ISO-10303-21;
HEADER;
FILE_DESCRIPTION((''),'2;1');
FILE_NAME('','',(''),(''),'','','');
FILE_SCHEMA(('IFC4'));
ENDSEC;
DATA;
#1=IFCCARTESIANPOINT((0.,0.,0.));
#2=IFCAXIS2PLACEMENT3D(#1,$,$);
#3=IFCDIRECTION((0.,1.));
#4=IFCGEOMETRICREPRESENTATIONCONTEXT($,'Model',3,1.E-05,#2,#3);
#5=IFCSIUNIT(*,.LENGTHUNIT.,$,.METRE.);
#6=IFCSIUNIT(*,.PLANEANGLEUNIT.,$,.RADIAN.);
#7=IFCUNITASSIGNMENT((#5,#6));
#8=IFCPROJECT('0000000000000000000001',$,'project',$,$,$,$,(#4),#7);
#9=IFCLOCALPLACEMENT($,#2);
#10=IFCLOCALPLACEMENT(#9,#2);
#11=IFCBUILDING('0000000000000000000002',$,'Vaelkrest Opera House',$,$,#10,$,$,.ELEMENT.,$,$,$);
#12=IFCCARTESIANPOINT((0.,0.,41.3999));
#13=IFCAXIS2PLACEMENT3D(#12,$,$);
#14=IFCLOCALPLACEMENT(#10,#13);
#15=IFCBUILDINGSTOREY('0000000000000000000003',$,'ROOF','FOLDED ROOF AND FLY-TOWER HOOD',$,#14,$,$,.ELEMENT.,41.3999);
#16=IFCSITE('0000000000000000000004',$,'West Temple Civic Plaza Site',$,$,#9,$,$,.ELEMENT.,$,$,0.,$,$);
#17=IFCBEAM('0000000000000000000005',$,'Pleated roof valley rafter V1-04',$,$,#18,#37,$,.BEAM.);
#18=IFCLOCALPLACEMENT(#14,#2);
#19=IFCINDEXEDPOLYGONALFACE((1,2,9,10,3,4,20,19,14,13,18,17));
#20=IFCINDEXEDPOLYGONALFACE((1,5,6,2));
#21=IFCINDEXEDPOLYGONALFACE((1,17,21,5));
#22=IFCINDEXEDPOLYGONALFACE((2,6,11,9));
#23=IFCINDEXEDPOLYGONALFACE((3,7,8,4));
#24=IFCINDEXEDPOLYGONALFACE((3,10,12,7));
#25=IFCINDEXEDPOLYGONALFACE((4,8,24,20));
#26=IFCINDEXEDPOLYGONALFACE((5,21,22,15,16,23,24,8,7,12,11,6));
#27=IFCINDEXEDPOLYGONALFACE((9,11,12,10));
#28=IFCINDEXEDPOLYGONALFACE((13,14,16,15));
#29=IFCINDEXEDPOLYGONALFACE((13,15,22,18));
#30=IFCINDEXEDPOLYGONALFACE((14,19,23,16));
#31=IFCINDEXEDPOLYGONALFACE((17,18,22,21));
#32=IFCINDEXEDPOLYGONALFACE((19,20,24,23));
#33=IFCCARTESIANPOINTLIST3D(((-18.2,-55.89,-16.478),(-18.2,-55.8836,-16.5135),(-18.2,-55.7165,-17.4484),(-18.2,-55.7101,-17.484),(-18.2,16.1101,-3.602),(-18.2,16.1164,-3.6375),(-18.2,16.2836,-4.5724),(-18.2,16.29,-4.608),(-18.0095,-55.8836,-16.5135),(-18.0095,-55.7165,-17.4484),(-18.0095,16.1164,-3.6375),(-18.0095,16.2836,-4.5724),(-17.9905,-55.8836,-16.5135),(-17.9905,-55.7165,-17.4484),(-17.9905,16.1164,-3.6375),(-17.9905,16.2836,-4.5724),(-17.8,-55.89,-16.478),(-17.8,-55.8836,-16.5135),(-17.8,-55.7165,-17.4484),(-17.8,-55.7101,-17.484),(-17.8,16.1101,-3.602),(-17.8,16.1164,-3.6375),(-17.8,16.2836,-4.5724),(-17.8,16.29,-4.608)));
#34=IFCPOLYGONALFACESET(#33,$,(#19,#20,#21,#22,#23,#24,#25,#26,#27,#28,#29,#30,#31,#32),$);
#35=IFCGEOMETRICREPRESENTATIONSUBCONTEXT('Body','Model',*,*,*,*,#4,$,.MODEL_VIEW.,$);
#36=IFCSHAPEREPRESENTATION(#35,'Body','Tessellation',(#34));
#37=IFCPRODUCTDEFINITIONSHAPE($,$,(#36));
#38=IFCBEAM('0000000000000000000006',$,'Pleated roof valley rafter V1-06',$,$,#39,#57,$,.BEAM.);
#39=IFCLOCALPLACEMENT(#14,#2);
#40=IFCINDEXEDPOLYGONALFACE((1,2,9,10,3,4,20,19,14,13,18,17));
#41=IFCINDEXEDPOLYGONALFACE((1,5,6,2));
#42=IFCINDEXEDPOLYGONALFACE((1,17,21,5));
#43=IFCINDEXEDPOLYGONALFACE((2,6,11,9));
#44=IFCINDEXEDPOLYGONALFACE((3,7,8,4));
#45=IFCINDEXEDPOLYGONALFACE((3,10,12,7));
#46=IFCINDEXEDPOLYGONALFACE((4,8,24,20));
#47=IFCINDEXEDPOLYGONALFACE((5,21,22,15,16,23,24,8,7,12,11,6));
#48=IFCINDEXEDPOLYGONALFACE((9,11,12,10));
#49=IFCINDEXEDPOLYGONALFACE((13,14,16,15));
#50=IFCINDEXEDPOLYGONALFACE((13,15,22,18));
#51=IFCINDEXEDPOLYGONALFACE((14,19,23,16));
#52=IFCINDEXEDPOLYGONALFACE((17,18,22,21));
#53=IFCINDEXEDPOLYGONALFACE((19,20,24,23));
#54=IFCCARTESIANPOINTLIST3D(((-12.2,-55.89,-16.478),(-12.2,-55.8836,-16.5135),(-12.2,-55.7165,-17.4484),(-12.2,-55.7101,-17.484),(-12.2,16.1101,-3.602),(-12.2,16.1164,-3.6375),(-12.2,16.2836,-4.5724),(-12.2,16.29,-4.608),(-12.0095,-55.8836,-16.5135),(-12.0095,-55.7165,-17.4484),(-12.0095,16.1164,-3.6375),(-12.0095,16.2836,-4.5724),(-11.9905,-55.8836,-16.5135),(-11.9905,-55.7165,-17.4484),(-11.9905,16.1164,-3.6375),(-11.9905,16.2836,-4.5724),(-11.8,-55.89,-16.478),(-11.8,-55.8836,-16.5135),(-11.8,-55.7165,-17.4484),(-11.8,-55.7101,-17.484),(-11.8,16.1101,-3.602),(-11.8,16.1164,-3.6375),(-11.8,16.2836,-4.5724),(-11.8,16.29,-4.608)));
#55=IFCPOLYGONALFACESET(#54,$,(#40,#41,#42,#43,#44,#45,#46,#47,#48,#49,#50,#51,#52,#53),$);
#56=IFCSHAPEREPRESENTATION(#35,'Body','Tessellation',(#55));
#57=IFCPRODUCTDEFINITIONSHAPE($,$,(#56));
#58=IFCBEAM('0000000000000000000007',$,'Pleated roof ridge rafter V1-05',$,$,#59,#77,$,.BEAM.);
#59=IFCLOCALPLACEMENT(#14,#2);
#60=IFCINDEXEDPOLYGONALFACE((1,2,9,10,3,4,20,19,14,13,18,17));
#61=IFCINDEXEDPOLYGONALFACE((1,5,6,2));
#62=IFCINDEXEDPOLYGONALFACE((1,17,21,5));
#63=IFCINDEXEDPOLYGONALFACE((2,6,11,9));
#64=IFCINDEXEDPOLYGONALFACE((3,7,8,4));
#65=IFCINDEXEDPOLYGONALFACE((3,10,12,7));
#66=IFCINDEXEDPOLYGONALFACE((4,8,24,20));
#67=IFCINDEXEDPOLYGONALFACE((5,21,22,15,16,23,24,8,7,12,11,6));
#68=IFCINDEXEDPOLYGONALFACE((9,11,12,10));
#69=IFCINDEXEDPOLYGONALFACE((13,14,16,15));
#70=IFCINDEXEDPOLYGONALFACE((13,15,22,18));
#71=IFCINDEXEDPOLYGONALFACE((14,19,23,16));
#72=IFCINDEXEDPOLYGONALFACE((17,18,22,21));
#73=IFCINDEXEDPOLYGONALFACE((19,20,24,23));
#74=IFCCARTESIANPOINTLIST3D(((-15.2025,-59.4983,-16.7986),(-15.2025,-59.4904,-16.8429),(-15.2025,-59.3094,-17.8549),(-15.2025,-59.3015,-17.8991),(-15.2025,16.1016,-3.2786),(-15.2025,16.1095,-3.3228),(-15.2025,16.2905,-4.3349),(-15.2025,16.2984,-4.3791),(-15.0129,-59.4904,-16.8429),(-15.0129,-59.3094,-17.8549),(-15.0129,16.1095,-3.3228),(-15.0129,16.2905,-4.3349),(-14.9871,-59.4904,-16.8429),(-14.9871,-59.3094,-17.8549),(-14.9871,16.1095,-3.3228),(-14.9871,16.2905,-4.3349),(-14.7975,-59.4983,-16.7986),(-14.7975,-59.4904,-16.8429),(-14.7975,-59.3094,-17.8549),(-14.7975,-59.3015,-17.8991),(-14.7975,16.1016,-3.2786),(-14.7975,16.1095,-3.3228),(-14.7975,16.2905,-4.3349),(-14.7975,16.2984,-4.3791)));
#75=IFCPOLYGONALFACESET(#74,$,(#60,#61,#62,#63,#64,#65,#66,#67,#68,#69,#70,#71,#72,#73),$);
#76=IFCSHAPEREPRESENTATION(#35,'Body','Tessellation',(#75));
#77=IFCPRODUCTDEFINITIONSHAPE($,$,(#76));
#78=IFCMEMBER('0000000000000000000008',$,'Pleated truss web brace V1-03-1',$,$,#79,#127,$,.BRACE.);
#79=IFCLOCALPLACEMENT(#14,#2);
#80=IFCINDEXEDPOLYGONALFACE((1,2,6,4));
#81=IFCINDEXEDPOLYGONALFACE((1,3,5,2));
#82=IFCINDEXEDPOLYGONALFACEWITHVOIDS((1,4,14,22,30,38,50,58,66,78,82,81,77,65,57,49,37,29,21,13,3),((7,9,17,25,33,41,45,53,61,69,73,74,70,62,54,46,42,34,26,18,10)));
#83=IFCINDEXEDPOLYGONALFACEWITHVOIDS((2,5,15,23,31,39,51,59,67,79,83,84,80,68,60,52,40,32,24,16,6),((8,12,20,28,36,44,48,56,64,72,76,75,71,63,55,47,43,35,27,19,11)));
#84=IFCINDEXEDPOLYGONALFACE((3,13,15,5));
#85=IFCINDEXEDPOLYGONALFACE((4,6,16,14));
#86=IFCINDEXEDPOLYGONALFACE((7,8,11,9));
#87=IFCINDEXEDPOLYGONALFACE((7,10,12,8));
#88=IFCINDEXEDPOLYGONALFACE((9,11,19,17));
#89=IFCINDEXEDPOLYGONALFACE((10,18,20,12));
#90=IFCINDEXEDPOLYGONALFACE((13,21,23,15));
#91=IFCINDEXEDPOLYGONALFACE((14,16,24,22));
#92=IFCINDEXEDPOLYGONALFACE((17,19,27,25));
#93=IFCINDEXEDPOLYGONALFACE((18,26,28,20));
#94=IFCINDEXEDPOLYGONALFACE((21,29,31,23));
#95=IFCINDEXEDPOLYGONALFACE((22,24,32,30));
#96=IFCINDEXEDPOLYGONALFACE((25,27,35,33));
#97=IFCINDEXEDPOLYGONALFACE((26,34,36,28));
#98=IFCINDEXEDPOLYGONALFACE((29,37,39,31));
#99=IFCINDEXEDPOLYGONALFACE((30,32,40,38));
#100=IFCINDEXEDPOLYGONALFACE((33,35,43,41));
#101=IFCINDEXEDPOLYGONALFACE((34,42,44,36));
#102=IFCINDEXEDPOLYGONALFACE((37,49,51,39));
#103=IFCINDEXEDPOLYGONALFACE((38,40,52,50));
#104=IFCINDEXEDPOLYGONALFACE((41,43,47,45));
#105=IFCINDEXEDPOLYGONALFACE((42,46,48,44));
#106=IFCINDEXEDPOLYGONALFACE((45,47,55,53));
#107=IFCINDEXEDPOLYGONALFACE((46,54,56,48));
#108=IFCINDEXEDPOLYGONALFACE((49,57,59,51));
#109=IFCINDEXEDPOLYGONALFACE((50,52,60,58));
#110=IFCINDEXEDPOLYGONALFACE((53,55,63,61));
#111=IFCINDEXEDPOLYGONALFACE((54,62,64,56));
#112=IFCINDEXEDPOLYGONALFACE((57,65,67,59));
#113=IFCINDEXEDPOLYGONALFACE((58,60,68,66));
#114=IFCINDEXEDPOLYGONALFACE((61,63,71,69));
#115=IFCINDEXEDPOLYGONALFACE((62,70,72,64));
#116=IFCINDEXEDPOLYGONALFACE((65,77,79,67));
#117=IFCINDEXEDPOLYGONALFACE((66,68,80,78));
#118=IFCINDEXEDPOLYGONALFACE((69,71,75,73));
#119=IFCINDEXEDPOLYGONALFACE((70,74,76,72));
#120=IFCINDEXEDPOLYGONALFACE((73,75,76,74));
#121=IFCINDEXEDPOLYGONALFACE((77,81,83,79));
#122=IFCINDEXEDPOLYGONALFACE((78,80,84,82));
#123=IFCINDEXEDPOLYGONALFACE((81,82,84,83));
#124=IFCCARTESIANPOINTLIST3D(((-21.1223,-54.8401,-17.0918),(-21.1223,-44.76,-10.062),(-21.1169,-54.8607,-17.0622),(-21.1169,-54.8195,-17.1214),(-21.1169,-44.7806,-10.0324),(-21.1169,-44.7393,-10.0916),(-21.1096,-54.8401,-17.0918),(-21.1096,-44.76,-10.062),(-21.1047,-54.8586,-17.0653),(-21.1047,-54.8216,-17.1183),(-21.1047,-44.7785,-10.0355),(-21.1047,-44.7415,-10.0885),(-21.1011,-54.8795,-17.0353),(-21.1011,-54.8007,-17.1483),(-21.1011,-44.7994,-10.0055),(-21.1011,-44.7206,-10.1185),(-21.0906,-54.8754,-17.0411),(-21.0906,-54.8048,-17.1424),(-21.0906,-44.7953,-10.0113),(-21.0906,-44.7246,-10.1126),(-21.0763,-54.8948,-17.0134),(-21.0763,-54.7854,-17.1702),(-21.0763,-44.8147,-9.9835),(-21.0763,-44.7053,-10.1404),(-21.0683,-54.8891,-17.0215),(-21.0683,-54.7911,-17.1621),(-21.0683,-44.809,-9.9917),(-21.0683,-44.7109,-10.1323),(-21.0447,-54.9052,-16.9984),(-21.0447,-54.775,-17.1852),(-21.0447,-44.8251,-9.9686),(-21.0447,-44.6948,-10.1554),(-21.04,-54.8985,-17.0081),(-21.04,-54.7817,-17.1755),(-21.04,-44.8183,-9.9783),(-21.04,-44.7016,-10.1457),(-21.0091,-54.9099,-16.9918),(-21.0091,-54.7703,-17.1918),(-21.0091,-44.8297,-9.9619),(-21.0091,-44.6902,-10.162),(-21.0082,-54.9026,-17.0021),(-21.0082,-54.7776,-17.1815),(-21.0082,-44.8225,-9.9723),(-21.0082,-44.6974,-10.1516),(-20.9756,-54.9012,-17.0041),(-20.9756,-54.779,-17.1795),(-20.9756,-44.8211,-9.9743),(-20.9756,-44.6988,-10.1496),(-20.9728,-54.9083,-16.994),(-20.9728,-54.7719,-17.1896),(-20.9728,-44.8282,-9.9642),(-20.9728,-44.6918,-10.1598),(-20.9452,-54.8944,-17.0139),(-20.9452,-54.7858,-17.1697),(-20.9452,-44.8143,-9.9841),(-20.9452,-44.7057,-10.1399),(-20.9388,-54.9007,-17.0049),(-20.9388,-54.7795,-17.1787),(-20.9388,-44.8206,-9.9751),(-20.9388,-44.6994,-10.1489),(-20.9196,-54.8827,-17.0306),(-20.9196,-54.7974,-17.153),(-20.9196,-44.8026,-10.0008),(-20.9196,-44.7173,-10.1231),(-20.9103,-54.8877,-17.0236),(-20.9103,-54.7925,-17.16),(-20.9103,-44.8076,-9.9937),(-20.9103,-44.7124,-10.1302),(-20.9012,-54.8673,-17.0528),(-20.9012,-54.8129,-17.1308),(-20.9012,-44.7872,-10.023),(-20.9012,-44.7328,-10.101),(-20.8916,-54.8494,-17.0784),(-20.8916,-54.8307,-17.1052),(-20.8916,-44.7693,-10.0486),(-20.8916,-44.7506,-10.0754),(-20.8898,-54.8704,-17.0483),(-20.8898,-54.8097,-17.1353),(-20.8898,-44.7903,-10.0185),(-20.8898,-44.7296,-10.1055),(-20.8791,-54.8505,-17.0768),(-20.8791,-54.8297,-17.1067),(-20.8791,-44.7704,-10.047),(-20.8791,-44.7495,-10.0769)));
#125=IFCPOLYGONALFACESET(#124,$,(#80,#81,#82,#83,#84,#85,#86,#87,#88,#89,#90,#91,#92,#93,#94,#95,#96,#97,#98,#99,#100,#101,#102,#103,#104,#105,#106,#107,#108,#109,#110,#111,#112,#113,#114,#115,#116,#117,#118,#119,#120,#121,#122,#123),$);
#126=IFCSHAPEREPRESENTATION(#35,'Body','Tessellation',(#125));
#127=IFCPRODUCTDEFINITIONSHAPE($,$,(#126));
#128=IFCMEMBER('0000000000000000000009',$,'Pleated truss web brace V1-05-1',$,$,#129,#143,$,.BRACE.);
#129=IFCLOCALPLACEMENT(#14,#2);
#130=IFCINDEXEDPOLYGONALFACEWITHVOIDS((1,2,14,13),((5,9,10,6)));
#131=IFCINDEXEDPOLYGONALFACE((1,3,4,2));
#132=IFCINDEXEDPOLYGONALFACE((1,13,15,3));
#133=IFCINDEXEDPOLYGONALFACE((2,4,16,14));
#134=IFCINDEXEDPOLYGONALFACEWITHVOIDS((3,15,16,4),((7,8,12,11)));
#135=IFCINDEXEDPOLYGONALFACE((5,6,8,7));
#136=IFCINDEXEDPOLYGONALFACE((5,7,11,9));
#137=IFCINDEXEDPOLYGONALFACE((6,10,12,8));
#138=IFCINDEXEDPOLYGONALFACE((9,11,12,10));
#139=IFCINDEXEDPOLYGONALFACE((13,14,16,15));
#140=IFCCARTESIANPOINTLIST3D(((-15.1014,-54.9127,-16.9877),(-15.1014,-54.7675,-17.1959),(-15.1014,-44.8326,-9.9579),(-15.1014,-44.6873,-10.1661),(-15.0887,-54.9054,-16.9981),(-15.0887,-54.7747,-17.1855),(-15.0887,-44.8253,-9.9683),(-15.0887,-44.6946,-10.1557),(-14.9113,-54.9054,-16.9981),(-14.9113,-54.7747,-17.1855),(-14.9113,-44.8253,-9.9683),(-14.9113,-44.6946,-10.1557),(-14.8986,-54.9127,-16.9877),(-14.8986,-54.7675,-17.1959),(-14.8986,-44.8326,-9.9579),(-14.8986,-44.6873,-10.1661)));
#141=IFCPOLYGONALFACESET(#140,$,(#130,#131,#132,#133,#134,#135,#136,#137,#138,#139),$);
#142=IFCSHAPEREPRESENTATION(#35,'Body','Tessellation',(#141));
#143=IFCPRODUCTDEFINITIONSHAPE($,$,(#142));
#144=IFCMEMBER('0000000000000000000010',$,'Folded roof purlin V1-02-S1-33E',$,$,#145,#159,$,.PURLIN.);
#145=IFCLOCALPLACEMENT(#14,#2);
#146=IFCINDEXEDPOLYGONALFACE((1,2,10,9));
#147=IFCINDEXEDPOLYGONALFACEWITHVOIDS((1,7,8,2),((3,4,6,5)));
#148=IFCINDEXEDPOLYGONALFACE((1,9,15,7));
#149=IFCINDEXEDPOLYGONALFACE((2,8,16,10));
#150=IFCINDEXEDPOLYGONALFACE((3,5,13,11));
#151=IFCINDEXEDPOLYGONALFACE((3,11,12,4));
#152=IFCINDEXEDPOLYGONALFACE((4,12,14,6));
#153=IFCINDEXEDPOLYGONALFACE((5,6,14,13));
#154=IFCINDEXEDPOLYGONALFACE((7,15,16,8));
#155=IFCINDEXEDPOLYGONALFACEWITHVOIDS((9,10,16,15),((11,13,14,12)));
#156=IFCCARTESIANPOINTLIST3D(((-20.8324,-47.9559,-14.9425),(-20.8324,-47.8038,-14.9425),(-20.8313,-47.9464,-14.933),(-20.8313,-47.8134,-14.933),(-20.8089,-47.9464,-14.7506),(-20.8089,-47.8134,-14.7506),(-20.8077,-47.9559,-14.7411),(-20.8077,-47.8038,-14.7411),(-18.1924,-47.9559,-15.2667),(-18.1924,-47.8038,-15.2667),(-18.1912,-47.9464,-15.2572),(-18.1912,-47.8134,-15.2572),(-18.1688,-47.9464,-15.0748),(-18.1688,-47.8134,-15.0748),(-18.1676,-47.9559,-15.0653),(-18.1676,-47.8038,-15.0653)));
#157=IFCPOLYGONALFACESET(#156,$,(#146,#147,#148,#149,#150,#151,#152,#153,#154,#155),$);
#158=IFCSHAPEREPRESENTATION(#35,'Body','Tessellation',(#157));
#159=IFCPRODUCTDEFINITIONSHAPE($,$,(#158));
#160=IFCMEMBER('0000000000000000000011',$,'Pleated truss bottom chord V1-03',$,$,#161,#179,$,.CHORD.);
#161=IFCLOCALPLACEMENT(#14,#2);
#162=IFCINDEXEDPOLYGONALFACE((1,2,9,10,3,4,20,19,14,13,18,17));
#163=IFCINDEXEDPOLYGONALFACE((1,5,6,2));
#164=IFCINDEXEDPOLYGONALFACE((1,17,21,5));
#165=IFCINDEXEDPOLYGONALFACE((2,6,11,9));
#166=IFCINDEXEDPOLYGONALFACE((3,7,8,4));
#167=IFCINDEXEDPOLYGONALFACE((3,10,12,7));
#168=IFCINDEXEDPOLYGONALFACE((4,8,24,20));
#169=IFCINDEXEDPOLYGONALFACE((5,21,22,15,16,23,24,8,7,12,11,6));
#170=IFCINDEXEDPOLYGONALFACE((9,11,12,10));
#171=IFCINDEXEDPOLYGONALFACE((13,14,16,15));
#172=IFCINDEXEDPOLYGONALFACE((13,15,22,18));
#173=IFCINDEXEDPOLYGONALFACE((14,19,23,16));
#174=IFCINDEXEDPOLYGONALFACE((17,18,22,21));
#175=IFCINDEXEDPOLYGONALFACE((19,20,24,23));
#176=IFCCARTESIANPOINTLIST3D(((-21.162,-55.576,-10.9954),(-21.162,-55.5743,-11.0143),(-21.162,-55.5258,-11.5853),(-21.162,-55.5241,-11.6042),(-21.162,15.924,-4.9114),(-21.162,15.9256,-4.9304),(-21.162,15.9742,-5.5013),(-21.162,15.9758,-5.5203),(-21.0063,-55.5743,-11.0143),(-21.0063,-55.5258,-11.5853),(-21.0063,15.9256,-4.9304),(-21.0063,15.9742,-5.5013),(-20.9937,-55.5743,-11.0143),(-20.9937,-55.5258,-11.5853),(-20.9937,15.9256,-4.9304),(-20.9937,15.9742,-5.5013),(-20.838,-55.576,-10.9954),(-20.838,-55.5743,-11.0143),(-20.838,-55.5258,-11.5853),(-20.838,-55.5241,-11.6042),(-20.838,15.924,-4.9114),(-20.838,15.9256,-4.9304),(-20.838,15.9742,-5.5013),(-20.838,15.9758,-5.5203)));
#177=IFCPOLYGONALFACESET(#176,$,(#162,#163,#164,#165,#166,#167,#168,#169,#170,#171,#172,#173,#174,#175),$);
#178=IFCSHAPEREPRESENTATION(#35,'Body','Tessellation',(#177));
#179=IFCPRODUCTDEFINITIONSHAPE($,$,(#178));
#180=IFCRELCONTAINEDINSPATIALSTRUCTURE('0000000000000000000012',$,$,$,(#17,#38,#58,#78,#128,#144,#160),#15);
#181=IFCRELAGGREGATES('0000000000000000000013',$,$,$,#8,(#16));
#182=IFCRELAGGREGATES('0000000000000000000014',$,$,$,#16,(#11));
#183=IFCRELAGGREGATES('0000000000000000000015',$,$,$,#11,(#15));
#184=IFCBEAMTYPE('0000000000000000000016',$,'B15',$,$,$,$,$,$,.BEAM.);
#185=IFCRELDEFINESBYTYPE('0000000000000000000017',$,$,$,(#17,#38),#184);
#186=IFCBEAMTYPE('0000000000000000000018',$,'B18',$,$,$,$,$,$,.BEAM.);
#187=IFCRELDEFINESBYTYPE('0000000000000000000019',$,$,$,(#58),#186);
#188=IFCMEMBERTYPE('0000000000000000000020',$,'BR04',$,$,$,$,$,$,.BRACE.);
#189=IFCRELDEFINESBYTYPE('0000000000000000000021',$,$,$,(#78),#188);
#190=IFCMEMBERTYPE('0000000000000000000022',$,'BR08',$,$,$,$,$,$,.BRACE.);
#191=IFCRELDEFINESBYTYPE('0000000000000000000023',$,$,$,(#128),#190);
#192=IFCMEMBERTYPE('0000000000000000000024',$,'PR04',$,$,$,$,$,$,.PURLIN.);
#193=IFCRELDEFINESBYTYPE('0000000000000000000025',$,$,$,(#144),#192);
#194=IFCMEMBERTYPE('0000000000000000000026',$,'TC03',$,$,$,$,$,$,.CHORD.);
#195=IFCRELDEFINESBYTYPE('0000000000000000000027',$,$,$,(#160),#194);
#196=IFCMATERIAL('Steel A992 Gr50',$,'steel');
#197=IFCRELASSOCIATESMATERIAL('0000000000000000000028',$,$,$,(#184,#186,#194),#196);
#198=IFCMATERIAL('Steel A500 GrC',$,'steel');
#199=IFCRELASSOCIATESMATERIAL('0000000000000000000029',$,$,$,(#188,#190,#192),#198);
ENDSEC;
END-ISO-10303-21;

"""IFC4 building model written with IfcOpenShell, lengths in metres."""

from ifc_helpers import new_model, si_unit, direction, frame, origin, origin_2d, place, context, subcontext, project, spatial, hollow_rectangle, hollow_circle, i_section, extrude, material, material_profile, profile_set, type_object, element, save


model = new_model("IFC4")

# Units and contexts
model_context = context("Model", 3, precision=1e-05, world=origin(), true_north=direction((0.0, 1.0)))
body_context = subcontext(model_context, "Body", "Model", "MODEL_VIEW")
ifc_project = project(units=[si_unit("LENGTHUNIT", "METRE"), si_unit("PLANEANGLEUNIT", "RADIAN")], contexts=[model_context])

# Site, building, storey
site_placement = place(None, origin())
site = spatial("IfcSite", under=ifc_project, at=site_placement, Name="West Temple Civic Plaza Site", CompositionType="ELEMENT", RefElevation=0.0)
building_placement = place(site_placement, origin())
building = spatial("IfcBuilding", under=site, at=building_placement, Name="Vaelkrest Opera House", CompositionType="ELEMENT")
storey_placement = place(building_placement, frame((0.0, 0.0, 41.3999)))
storey = spatial("IfcBuildingStorey", under=building, at=storey_placement, Name="ROOF", Description="FOLDED ROOF AND FLY-TOWER HOOD", CompositionType="ELEMENT", Elevation=41.3999)

# Beams
ifc_material_1 = material(Name="Steel A992 Gr50", Category="steel")
ifc_material_profile_1 = material_profile(ifc_material_1, i_section(OverallWidth=0.3999, OverallDepth=1.022, WebThickness=0.019, FlangeThickness=0.0361, at=origin_2d()), Name="W40X249")
ifc_profile_set_1 = profile_set([ifc_material_profile_1], Name="Steel A992 Gr50")
beam_type_1 = type_object("IfcBeamType", Name="B15", PredefinedType="BEAM", material=ifc_profile_set_1)
for number, where, z_axis, x_axis, name in (
    (1, (-18.0, -55.8, -16.981), (0.0, 0.984383, 0.17604), (-1.0, 0.0, 0.0), "Pleated roof valley rafter V1-04"),
    (2, (-12.0, -55.8, -16.981), (0.0, 0.984383, 0.17604), (-1.0, 0.0, 0.0), "Pleated roof valley rafter V1-06"),
):
    element("IfcBeam", number, at=place(storey_placement, frame(where, z_axis=z_axis, x_axis=x_axis)), inside=storey, type_object=beam_type_1, Name=name, PredefinedType="BEAM", context=body_context, shape_type="SweptSolid", body=[
        extrude(i_section(OverallWidth=0.3999, OverallDepth=1.022, WebThickness=0.019, FlangeThickness=0.0361, at=origin_2d()), origin(), (0.0, 0.0, 1.0), 73.1423),
    ])
ifc_material_profile_2 = material_profile(ifc_material_1, i_section(OverallWidth=0.405, OverallDepth=1.1179, WebThickness=0.0259, FlangeThickness=0.0449, at=origin_2d()), Name="W44X335")
ifc_profile_set_2 = profile_set([ifc_material_profile_2], Name="Steel A992 Gr50")
beam_type_2 = type_object("IfcBeamType", Name="B18", PredefinedType="BEAM", material=ifc_profile_set_2)
beam_placement = place(storey_placement, frame((-15.0, -59.3999, -17.3489), z_axis=(0.0, 0.984382, 0.176044), x_axis=(-1.0, 0.0, 0.0)))
element("IfcBeam", 3, at=beam_placement, inside=storey, type_object=beam_type_2, Name="Pleated roof ridge rafter V1-05", PredefinedType="BEAM", context=body_context, shape_type="SweptSolid", body=[
    extrude(i_section(OverallWidth=0.405, OverallDepth=1.1179, WebThickness=0.0259, FlangeThickness=0.0449, at=origin_2d()), origin(), (0.0, 0.0, 1.0), 76.7993),
])

# Members
ifc_material_2 = material(Name="Steel A500 GrC", Category="steel")
ifc_material_profile_3 = material_profile(ifc_material_2, hollow_circle(Radius=0.1223, WallThickness=0.0127, at=origin_2d()), Name="HSS244.5X12.7")
ifc_profile_set_3 = profile_set([ifc_material_profile_3], Name="Steel A500 GrC")
member_type_1 = type_object("IfcMemberType", Name="BR04", PredefinedType="BRACE", material=ifc_profile_set_3)
member_1_placement = place(storey_placement, frame((-21.0, -54.8401, -17.0918), z_axis=(0.0, 0.820235, 0.572027), x_axis=(-1.0, 0.0, 0.0)))
element("IfcMember", 4, at=member_1_placement, inside=storey, type_object=member_type_1, Name="Pleated truss web brace V1-03-1", PredefinedType="BRACE", context=body_context, shape_type="SweptSolid", body=[
    extrude(hollow_circle(Radius=0.1223, WallThickness=0.0127, at=origin_2d()), origin(), (0.0, 0.0, 1.0), 12.2893),
])
ifc_material_profile_4 = material_profile(ifc_material_2, hollow_rectangle(XDim=0.2029, YDim=0.2539, WallThickness=0.0127, at=origin_2d()), Name="HSS254X203X12.7")
ifc_profile_set_4 = profile_set([ifc_material_profile_4], Name="Steel A500 GrC")
member_type_2 = type_object("IfcMemberType", Name="BR08", PredefinedType="BRACE", material=ifc_profile_set_4)
member_2_placement = place(storey_placement, frame((-15.0, -54.8401, -17.0918), z_axis=(0.0, 0.820235, 0.572027), x_axis=(-1.0, 0.0, 0.0)))
element("IfcMember", 5, at=member_2_placement, inside=storey, type_object=member_type_2, Name="Pleated truss web brace V1-05-1", PredefinedType="BRACE", context=body_context, shape_type="SweptSolid", body=[
    extrude(hollow_rectangle(XDim=0.2029, YDim=0.2539, WallThickness=0.0127, at=origin_2d()), origin(), (0.0, 0.0, 1.0), 12.2893),
])
ifc_material_profile_5 = material_profile(ifc_material_2, hollow_rectangle(XDim=0.1521, YDim=0.2029, WallThickness=0.0095, at=origin_2d()), Name="HSS203X152X9.5")
ifc_profile_set_5 = profile_set([ifc_material_profile_5], Name="Steel A500 GrC")
member_type_3 = type_object("IfcMemberType", Name="PR04", PredefinedType="PURLIN", material=ifc_profile_set_5)
member_3_placement = place(storey_placement, frame((-20.8201, -47.8799, -14.8418), z_axis=(0.992544, 0.0, -0.121888), x_axis=(0.0, 1.0, 0.0)))
element("IfcMember", 6, at=member_3_placement, inside=storey, type_object=member_type_3, Name="Folded roof purlin V1-02-S1-33E", PredefinedType="PURLIN", context=body_context, shape_type="SweptSolid", body=[
    extrude(hollow_rectangle(XDim=0.1521, YDim=0.2029, WallThickness=0.0095, at=origin_2d()), origin(), (0.0, 0.0, 1.0), 2.6599),
])
ifc_material_profile_6 = material_profile(ifc_material_1, i_section(OverallWidth=0.324, OverallDepth=0.6111, WebThickness=0.0127, FlangeThickness=0.019, at=origin_2d()), Name="W24X104")
ifc_profile_set_6 = profile_set([ifc_material_profile_6], Name="Steel A992 Gr50")
member_type_4 = type_object("IfcMemberType", Name="TC03", PredefinedType="CHORD", material=ifc_profile_set_6)
for number, where, z_axis, x_axis, name in (
    (7, (-21.0, -55.55, -11.2998), (0.0, 0.996399, 0.084784), (-1.0, 0.0, 0.0), "Pleated truss bottom chord V1-03"),
):
    element("IfcMember", number, at=place(storey_placement, frame(where, z_axis=z_axis, x_axis=x_axis)), inside=storey, type_object=member_type_4, Name=name, PredefinedType="CHORD", context=body_context, shape_type="SweptSolid", body=[
        extrude(i_section(OverallWidth=0.324, OverallDepth=0.6111, WebThickness=0.0127, FlangeThickness=0.019, at=origin_2d()), origin(), (0.0, 0.0, 1.0), 71.7583),
    ])

save(model, "model.ifc")
